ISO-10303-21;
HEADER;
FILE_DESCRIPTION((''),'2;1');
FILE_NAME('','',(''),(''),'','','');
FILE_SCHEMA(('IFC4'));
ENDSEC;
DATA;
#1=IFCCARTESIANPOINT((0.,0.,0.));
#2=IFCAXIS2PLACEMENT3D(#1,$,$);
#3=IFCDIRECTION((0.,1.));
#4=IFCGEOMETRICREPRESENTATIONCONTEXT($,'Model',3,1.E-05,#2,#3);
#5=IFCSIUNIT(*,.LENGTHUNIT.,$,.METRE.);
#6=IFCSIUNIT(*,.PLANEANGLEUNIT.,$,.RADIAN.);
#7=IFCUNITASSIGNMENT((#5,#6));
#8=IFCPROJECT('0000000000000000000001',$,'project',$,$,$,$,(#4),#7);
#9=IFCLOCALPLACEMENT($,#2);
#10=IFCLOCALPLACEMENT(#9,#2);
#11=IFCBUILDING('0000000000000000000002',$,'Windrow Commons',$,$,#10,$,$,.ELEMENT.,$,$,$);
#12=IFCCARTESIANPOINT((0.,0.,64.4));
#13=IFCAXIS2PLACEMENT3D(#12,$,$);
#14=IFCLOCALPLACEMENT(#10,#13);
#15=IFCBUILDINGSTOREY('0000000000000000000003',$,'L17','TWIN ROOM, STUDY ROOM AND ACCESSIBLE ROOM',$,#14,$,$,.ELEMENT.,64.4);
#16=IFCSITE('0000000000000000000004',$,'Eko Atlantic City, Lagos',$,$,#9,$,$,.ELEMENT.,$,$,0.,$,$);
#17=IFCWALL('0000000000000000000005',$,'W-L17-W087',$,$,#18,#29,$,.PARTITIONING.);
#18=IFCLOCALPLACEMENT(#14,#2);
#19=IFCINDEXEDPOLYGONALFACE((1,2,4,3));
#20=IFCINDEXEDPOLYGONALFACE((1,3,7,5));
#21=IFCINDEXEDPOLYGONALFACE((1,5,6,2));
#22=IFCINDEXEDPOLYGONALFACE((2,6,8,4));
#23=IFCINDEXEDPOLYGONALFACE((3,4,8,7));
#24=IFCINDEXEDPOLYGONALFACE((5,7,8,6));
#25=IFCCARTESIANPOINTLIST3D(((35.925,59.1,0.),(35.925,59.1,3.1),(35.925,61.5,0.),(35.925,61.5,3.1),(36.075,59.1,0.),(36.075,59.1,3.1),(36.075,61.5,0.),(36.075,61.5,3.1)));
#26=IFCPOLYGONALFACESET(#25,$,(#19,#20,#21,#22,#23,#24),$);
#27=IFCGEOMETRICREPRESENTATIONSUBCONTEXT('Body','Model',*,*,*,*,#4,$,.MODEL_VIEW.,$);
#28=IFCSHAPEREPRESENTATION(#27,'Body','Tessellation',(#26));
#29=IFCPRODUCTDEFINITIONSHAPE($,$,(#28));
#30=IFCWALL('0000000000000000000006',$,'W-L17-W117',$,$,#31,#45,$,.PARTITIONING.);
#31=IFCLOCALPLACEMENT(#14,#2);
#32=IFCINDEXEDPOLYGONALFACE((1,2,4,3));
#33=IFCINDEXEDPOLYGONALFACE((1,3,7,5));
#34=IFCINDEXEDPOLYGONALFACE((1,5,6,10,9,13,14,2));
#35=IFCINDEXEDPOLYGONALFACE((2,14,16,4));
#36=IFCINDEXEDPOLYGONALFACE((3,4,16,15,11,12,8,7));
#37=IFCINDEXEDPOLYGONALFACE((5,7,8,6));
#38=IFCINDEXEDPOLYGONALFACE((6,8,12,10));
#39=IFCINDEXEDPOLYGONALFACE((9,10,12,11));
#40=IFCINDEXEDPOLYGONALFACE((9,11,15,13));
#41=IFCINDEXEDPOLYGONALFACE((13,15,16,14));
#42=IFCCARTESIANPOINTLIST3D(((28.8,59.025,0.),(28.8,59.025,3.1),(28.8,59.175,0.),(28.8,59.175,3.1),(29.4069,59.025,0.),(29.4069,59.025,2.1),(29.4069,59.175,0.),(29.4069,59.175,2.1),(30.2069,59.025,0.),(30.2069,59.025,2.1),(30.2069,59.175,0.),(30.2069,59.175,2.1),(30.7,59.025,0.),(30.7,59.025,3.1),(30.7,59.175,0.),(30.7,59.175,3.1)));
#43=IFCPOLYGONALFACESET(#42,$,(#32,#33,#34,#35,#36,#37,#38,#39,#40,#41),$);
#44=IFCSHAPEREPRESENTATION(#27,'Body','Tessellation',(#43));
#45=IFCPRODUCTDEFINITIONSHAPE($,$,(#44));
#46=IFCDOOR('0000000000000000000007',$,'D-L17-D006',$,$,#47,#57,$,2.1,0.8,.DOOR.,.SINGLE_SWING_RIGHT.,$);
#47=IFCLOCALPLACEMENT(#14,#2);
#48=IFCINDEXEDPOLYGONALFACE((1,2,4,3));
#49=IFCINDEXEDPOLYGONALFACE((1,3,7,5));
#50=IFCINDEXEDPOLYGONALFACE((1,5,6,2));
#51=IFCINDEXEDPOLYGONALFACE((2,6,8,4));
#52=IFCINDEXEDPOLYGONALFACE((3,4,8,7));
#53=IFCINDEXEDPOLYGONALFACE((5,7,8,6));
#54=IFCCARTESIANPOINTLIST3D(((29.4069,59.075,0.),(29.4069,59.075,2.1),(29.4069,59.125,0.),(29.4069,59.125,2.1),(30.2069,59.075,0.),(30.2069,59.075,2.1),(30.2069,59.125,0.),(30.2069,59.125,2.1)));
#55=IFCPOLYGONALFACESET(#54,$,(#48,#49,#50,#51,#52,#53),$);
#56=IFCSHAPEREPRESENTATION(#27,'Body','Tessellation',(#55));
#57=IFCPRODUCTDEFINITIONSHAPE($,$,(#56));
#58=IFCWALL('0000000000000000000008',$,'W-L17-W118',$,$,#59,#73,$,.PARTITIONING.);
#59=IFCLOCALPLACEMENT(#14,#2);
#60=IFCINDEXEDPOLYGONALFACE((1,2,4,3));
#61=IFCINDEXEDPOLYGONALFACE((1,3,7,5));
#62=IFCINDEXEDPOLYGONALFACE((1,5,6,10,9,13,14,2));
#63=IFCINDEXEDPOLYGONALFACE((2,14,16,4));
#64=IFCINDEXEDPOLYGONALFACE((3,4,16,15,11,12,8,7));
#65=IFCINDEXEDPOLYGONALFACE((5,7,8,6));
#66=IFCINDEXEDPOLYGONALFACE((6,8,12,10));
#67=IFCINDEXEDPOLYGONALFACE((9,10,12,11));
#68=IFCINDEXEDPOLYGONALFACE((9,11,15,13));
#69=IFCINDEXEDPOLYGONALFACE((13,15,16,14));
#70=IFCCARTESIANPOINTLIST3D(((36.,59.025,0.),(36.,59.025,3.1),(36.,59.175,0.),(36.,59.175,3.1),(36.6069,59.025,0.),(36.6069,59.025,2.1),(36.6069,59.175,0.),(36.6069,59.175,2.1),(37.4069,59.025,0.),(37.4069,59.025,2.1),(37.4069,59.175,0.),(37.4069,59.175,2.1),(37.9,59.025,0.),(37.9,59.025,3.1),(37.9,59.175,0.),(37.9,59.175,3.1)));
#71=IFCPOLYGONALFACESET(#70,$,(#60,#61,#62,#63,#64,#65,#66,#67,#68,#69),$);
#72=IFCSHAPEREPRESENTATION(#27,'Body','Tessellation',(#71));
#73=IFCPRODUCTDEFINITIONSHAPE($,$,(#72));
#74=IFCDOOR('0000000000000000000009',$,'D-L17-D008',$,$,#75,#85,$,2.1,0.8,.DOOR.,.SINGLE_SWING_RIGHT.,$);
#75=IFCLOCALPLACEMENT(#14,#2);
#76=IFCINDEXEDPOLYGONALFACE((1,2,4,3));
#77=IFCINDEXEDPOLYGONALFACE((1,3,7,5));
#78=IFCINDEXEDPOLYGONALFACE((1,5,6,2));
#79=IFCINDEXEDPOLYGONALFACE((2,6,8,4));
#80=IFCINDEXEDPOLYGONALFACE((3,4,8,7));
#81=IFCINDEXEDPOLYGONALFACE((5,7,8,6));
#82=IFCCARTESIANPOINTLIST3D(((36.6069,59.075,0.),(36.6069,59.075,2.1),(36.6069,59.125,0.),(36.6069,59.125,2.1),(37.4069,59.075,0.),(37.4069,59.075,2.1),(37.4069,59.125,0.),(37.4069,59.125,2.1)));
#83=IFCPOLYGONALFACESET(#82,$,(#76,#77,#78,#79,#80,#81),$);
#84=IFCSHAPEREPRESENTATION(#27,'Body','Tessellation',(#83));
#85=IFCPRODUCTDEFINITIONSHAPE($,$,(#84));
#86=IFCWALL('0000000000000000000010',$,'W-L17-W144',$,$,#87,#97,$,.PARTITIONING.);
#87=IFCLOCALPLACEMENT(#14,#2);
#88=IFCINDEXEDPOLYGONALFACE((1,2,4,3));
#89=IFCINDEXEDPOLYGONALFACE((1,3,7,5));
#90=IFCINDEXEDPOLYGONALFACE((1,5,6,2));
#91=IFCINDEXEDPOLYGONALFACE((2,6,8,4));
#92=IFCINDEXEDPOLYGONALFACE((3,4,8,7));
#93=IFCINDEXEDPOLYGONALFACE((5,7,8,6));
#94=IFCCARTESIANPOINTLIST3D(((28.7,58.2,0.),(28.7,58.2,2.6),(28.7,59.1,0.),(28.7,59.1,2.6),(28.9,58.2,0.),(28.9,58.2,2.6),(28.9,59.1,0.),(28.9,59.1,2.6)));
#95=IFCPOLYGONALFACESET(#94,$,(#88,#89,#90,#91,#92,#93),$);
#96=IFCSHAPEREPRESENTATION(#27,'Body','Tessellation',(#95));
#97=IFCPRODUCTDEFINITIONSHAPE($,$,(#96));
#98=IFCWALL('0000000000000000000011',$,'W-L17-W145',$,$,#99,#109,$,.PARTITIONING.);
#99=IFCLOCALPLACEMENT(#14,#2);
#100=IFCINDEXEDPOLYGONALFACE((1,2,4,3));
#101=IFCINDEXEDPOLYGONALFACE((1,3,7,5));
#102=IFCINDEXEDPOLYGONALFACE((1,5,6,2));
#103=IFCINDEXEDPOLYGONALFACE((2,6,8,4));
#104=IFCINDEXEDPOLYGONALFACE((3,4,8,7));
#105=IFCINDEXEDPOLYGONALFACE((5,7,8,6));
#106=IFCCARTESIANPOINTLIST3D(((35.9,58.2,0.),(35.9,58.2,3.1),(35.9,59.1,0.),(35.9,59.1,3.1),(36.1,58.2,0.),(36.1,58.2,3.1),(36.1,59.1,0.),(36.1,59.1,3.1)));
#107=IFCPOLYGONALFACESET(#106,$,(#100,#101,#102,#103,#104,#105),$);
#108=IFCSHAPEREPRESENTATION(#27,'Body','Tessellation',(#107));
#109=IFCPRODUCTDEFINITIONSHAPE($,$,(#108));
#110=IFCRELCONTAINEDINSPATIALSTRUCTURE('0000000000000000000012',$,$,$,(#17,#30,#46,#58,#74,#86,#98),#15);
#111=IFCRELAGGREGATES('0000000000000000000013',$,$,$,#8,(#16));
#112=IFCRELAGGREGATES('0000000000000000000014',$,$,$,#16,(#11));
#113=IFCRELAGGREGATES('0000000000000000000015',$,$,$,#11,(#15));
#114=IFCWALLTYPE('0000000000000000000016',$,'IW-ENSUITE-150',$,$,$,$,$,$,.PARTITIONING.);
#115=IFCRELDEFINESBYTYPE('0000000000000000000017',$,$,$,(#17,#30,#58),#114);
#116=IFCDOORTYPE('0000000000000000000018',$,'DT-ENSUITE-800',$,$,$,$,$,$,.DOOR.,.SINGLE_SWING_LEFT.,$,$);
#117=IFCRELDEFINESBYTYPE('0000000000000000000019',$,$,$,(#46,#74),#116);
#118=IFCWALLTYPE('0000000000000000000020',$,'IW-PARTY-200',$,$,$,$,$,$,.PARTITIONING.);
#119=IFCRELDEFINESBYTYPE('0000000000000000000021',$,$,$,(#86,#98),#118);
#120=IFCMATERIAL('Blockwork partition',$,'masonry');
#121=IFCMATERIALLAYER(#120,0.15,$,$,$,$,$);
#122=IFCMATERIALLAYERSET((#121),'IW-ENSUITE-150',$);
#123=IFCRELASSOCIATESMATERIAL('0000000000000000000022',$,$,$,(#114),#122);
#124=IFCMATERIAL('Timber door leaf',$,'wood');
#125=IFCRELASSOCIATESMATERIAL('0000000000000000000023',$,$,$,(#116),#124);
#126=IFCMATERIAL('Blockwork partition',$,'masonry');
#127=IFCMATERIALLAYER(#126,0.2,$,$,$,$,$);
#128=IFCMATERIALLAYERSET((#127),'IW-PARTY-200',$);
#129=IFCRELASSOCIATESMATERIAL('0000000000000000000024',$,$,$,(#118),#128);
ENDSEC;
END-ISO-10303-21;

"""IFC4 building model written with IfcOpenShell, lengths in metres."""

from ifc_helpers import new_model, si_unit, direction, frame, frame_2d, origin, place, context, subcontext, project, spatial, rectangle, extrude, material, layer, layer_set, type_object, element, fill, save


model = new_model("IFC4")

# Units and contexts
model_context = context("Model", 3, precision=1e-05, world=origin(), true_north=direction((0.0, 1.0)))
body_context = subcontext(model_context, "Body", "Model", "MODEL_VIEW")
ifc_project = project(units=[si_unit("LENGTHUNIT", "METRE"), si_unit("PLANEANGLEUNIT", "RADIAN")], contexts=[model_context])

# Site, building, storey
site_placement = place(None, origin())
site = spatial("IfcSite", under=ifc_project, at=site_placement, Name="Eko Atlantic City, Lagos", CompositionType="ELEMENT", RefElevation=0.0)
building_placement = place(site_placement, origin())
building = spatial("IfcBuilding", under=site, at=building_placement, Name="Windrow Commons", CompositionType="ELEMENT")
storey_placement = place(building_placement, frame((0.0, 0.0, 64.4)))
storey = spatial("IfcBuildingStorey", under=building, at=storey_placement, Name="L17", Description="TWIN ROOM, STUDY ROOM AND ACCESSIBLE ROOM", CompositionType="ELEMENT", Elevation=64.4)

# Wall
ifc_material_1 = material(Name="Blockwork partition", Category="masonry")
ifc_layer_1 = layer(ifc_material_1, 0.15)
ifc_layer_set_1 = layer_set([ifc_layer_1], Name="IW-ENSUITE-150")
wall_type_1 = type_object("IfcWallType", Name="IW-ENSUITE-150", PredefinedType="PARTITIONING", material=ifc_layer_set_1)
wall_1_placement = place(storey_placement, frame((36.0, 59.1, 0.0), z_axis=(0.0, 0.0, 1.0), x_axis=(0.0, 1.0, 0.0)))
element("IfcWall", 1, at=wall_1_placement, inside=storey, type_object=wall_type_1, Name="W-L17-W087", PredefinedType="PARTITIONING", context=body_context, shape_type="SweptSolid", body=[
    extrude(rectangle(XDim=2.4, YDim=0.15, at=frame_2d((1.2, 0.0))), origin(), (0.0, 0.0, 1.0), 3.1),
])

# Walls, openings, doors
wall_2_placement = place(storey_placement, frame((28.8, 59.1, 0.0), z_axis=(0.0, 0.0, 1.0), x_axis=(1.0, 0.0, 0.0)))
wall_2 = element("IfcWall", 2, at=wall_2_placement, inside=storey, type_object=wall_type_1, Name="W-L17-W117", PredefinedType="PARTITIONING", context=body_context, shape_type="SweptSolid", body=[
    extrude(rectangle(XDim=1.9, YDim=0.15, at=frame_2d((0.95, 0.0))), origin(), (0.0, 0.0, 1.0), 3.1),
])
opening_1_placement = place(wall_2_placement, frame((0.6069, 0.0, 0.0)))
opening_1 = element("IfcOpeningElement", 3, at=opening_1_placement, cuts=wall_2, PredefinedType="OPENING", context=body_context, shape_type="SweptSolid", body=[
    extrude(rectangle(XDim=0.8, YDim=2.1, at=frame_2d((0.4, 1.05))), frame((0.0, 0.085, 0.0), z_axis=(0.0, -1.0, 0.0), x_axis=(1.0, 0.0, 0.0)), (0.0, 0.0, 1.0), 0.17),
])
ifc_material_2 = material(Name="Timber door leaf", Category="wood")
door_type = type_object("IfcDoorType", Name="DT-ENSUITE-800", OperationType="SINGLE_SWING_LEFT", PredefinedType="DOOR", material=ifc_material_2)
door_1_placement = place(opening_1_placement, origin())
door_1 = element("IfcDoor", 4, at=door_1_placement, inside=storey, type_object=door_type, Name="D-L17-D006", OperationType="SINGLE_SWING_RIGHT", OverallHeight=2.1, OverallWidth=0.8, PredefinedType="DOOR", context=body_context, shape_type="SweptSolid", body=[
    extrude(rectangle(XDim=0.8, YDim=2.1, at=frame_2d((0.4, 1.05))), frame((0.0, 0.025, 0.0), z_axis=(0.0, -1.0, 0.0), x_axis=(1.0, 0.0, 0.0)), (0.0, 0.0, 1.0), 0.05),
])
fill(opening_1, door_1)
wall_3_placement = place(storey_placement, frame((36.0, 59.1, 0.0), z_axis=(0.0, 0.0, 1.0), x_axis=(1.0, 0.0, 0.0)))
wall_3 = element("IfcWall", 5, at=wall_3_placement, inside=storey, type_object=wall_type_1, Name="W-L17-W118", PredefinedType="PARTITIONING", context=body_context, shape_type="SweptSolid", body=[
    extrude(rectangle(XDim=1.9, YDim=0.15, at=frame_2d((0.95, 0.0))), origin(), (0.0, 0.0, 1.0), 3.1),
])
opening_2_placement = place(wall_3_placement, frame((0.6069, 0.0, 0.0)))
opening_2 = element("IfcOpeningElement", 6, at=opening_2_placement, cuts=wall_3, PredefinedType="OPENING", context=body_context, shape_type="SweptSolid", body=[
    extrude(rectangle(XDim=0.8, YDim=2.1, at=frame_2d((0.4, 1.05))), frame((0.0, 0.085, 0.0), z_axis=(0.0, -1.0, 0.0), x_axis=(1.0, 0.0, 0.0)), (0.0, 0.0, 1.0), 0.17),
])
door_2_placement = place(opening_2_placement, origin())
door_2 = element("IfcDoor", 7, at=door_2_placement, inside=storey, type_object=door_type, Name="D-L17-D008", OperationType="SINGLE_SWING_RIGHT", OverallHeight=2.1, OverallWidth=0.8, PredefinedType="DOOR", context=body_context, shape_type="SweptSolid", body=[
    extrude(rectangle(XDim=0.8, YDim=2.1, at=frame_2d((0.4, 1.05))), frame((0.0, 0.025, 0.0), z_axis=(0.0, -1.0, 0.0), x_axis=(1.0, 0.0, 0.0)), (0.0, 0.0, 1.0), 0.05),
])
fill(opening_2, door_2)

# Walls
ifc_material_3 = material(Name="Blockwork partition", Category="masonry")
ifc_layer_2 = layer(ifc_material_3, 0.2)
ifc_layer_set_2 = layer_set([ifc_layer_2], Name="IW-PARTY-200")
wall_type_2 = type_object("IfcWallType", Name="IW-PARTY-200", PredefinedType="PARTITIONING", material=ifc_layer_set_2)
wall_4_placement = place(storey_placement, frame((28.8, 58.2, 0.0), z_axis=(0.0, 0.0, 1.0), x_axis=(0.0, 1.0, 0.0)))
element("IfcWall", 8, at=wall_4_placement, inside=storey, type_object=wall_type_2, Name="W-L17-W144", PredefinedType="PARTITIONING", context=body_context, shape_type="SweptSolid", body=[
    extrude(rectangle(XDim=0.9, YDim=0.2, at=frame_2d((0.45, 0.0))), origin(), (0.0, 0.0, 1.0), 2.6),
])
wall_5_placement = place(storey_placement, frame((36.0, 58.2, 0.0), z_axis=(0.0, 0.0, 1.0), x_axis=(0.0, 1.0, 0.0)))
element("IfcWall", 9, at=wall_5_placement, inside=storey, type_object=wall_type_2, Name="W-L17-W145", PredefinedType="PARTITIONING", context=body_context, shape_type="SweptSolid", body=[
    extrude(rectangle(XDim=0.9, YDim=0.2, at=frame_2d((0.45, 0.0))), origin(), (0.0, 0.0, 1.0), 3.1),
])

save(model, "model.ifc")
